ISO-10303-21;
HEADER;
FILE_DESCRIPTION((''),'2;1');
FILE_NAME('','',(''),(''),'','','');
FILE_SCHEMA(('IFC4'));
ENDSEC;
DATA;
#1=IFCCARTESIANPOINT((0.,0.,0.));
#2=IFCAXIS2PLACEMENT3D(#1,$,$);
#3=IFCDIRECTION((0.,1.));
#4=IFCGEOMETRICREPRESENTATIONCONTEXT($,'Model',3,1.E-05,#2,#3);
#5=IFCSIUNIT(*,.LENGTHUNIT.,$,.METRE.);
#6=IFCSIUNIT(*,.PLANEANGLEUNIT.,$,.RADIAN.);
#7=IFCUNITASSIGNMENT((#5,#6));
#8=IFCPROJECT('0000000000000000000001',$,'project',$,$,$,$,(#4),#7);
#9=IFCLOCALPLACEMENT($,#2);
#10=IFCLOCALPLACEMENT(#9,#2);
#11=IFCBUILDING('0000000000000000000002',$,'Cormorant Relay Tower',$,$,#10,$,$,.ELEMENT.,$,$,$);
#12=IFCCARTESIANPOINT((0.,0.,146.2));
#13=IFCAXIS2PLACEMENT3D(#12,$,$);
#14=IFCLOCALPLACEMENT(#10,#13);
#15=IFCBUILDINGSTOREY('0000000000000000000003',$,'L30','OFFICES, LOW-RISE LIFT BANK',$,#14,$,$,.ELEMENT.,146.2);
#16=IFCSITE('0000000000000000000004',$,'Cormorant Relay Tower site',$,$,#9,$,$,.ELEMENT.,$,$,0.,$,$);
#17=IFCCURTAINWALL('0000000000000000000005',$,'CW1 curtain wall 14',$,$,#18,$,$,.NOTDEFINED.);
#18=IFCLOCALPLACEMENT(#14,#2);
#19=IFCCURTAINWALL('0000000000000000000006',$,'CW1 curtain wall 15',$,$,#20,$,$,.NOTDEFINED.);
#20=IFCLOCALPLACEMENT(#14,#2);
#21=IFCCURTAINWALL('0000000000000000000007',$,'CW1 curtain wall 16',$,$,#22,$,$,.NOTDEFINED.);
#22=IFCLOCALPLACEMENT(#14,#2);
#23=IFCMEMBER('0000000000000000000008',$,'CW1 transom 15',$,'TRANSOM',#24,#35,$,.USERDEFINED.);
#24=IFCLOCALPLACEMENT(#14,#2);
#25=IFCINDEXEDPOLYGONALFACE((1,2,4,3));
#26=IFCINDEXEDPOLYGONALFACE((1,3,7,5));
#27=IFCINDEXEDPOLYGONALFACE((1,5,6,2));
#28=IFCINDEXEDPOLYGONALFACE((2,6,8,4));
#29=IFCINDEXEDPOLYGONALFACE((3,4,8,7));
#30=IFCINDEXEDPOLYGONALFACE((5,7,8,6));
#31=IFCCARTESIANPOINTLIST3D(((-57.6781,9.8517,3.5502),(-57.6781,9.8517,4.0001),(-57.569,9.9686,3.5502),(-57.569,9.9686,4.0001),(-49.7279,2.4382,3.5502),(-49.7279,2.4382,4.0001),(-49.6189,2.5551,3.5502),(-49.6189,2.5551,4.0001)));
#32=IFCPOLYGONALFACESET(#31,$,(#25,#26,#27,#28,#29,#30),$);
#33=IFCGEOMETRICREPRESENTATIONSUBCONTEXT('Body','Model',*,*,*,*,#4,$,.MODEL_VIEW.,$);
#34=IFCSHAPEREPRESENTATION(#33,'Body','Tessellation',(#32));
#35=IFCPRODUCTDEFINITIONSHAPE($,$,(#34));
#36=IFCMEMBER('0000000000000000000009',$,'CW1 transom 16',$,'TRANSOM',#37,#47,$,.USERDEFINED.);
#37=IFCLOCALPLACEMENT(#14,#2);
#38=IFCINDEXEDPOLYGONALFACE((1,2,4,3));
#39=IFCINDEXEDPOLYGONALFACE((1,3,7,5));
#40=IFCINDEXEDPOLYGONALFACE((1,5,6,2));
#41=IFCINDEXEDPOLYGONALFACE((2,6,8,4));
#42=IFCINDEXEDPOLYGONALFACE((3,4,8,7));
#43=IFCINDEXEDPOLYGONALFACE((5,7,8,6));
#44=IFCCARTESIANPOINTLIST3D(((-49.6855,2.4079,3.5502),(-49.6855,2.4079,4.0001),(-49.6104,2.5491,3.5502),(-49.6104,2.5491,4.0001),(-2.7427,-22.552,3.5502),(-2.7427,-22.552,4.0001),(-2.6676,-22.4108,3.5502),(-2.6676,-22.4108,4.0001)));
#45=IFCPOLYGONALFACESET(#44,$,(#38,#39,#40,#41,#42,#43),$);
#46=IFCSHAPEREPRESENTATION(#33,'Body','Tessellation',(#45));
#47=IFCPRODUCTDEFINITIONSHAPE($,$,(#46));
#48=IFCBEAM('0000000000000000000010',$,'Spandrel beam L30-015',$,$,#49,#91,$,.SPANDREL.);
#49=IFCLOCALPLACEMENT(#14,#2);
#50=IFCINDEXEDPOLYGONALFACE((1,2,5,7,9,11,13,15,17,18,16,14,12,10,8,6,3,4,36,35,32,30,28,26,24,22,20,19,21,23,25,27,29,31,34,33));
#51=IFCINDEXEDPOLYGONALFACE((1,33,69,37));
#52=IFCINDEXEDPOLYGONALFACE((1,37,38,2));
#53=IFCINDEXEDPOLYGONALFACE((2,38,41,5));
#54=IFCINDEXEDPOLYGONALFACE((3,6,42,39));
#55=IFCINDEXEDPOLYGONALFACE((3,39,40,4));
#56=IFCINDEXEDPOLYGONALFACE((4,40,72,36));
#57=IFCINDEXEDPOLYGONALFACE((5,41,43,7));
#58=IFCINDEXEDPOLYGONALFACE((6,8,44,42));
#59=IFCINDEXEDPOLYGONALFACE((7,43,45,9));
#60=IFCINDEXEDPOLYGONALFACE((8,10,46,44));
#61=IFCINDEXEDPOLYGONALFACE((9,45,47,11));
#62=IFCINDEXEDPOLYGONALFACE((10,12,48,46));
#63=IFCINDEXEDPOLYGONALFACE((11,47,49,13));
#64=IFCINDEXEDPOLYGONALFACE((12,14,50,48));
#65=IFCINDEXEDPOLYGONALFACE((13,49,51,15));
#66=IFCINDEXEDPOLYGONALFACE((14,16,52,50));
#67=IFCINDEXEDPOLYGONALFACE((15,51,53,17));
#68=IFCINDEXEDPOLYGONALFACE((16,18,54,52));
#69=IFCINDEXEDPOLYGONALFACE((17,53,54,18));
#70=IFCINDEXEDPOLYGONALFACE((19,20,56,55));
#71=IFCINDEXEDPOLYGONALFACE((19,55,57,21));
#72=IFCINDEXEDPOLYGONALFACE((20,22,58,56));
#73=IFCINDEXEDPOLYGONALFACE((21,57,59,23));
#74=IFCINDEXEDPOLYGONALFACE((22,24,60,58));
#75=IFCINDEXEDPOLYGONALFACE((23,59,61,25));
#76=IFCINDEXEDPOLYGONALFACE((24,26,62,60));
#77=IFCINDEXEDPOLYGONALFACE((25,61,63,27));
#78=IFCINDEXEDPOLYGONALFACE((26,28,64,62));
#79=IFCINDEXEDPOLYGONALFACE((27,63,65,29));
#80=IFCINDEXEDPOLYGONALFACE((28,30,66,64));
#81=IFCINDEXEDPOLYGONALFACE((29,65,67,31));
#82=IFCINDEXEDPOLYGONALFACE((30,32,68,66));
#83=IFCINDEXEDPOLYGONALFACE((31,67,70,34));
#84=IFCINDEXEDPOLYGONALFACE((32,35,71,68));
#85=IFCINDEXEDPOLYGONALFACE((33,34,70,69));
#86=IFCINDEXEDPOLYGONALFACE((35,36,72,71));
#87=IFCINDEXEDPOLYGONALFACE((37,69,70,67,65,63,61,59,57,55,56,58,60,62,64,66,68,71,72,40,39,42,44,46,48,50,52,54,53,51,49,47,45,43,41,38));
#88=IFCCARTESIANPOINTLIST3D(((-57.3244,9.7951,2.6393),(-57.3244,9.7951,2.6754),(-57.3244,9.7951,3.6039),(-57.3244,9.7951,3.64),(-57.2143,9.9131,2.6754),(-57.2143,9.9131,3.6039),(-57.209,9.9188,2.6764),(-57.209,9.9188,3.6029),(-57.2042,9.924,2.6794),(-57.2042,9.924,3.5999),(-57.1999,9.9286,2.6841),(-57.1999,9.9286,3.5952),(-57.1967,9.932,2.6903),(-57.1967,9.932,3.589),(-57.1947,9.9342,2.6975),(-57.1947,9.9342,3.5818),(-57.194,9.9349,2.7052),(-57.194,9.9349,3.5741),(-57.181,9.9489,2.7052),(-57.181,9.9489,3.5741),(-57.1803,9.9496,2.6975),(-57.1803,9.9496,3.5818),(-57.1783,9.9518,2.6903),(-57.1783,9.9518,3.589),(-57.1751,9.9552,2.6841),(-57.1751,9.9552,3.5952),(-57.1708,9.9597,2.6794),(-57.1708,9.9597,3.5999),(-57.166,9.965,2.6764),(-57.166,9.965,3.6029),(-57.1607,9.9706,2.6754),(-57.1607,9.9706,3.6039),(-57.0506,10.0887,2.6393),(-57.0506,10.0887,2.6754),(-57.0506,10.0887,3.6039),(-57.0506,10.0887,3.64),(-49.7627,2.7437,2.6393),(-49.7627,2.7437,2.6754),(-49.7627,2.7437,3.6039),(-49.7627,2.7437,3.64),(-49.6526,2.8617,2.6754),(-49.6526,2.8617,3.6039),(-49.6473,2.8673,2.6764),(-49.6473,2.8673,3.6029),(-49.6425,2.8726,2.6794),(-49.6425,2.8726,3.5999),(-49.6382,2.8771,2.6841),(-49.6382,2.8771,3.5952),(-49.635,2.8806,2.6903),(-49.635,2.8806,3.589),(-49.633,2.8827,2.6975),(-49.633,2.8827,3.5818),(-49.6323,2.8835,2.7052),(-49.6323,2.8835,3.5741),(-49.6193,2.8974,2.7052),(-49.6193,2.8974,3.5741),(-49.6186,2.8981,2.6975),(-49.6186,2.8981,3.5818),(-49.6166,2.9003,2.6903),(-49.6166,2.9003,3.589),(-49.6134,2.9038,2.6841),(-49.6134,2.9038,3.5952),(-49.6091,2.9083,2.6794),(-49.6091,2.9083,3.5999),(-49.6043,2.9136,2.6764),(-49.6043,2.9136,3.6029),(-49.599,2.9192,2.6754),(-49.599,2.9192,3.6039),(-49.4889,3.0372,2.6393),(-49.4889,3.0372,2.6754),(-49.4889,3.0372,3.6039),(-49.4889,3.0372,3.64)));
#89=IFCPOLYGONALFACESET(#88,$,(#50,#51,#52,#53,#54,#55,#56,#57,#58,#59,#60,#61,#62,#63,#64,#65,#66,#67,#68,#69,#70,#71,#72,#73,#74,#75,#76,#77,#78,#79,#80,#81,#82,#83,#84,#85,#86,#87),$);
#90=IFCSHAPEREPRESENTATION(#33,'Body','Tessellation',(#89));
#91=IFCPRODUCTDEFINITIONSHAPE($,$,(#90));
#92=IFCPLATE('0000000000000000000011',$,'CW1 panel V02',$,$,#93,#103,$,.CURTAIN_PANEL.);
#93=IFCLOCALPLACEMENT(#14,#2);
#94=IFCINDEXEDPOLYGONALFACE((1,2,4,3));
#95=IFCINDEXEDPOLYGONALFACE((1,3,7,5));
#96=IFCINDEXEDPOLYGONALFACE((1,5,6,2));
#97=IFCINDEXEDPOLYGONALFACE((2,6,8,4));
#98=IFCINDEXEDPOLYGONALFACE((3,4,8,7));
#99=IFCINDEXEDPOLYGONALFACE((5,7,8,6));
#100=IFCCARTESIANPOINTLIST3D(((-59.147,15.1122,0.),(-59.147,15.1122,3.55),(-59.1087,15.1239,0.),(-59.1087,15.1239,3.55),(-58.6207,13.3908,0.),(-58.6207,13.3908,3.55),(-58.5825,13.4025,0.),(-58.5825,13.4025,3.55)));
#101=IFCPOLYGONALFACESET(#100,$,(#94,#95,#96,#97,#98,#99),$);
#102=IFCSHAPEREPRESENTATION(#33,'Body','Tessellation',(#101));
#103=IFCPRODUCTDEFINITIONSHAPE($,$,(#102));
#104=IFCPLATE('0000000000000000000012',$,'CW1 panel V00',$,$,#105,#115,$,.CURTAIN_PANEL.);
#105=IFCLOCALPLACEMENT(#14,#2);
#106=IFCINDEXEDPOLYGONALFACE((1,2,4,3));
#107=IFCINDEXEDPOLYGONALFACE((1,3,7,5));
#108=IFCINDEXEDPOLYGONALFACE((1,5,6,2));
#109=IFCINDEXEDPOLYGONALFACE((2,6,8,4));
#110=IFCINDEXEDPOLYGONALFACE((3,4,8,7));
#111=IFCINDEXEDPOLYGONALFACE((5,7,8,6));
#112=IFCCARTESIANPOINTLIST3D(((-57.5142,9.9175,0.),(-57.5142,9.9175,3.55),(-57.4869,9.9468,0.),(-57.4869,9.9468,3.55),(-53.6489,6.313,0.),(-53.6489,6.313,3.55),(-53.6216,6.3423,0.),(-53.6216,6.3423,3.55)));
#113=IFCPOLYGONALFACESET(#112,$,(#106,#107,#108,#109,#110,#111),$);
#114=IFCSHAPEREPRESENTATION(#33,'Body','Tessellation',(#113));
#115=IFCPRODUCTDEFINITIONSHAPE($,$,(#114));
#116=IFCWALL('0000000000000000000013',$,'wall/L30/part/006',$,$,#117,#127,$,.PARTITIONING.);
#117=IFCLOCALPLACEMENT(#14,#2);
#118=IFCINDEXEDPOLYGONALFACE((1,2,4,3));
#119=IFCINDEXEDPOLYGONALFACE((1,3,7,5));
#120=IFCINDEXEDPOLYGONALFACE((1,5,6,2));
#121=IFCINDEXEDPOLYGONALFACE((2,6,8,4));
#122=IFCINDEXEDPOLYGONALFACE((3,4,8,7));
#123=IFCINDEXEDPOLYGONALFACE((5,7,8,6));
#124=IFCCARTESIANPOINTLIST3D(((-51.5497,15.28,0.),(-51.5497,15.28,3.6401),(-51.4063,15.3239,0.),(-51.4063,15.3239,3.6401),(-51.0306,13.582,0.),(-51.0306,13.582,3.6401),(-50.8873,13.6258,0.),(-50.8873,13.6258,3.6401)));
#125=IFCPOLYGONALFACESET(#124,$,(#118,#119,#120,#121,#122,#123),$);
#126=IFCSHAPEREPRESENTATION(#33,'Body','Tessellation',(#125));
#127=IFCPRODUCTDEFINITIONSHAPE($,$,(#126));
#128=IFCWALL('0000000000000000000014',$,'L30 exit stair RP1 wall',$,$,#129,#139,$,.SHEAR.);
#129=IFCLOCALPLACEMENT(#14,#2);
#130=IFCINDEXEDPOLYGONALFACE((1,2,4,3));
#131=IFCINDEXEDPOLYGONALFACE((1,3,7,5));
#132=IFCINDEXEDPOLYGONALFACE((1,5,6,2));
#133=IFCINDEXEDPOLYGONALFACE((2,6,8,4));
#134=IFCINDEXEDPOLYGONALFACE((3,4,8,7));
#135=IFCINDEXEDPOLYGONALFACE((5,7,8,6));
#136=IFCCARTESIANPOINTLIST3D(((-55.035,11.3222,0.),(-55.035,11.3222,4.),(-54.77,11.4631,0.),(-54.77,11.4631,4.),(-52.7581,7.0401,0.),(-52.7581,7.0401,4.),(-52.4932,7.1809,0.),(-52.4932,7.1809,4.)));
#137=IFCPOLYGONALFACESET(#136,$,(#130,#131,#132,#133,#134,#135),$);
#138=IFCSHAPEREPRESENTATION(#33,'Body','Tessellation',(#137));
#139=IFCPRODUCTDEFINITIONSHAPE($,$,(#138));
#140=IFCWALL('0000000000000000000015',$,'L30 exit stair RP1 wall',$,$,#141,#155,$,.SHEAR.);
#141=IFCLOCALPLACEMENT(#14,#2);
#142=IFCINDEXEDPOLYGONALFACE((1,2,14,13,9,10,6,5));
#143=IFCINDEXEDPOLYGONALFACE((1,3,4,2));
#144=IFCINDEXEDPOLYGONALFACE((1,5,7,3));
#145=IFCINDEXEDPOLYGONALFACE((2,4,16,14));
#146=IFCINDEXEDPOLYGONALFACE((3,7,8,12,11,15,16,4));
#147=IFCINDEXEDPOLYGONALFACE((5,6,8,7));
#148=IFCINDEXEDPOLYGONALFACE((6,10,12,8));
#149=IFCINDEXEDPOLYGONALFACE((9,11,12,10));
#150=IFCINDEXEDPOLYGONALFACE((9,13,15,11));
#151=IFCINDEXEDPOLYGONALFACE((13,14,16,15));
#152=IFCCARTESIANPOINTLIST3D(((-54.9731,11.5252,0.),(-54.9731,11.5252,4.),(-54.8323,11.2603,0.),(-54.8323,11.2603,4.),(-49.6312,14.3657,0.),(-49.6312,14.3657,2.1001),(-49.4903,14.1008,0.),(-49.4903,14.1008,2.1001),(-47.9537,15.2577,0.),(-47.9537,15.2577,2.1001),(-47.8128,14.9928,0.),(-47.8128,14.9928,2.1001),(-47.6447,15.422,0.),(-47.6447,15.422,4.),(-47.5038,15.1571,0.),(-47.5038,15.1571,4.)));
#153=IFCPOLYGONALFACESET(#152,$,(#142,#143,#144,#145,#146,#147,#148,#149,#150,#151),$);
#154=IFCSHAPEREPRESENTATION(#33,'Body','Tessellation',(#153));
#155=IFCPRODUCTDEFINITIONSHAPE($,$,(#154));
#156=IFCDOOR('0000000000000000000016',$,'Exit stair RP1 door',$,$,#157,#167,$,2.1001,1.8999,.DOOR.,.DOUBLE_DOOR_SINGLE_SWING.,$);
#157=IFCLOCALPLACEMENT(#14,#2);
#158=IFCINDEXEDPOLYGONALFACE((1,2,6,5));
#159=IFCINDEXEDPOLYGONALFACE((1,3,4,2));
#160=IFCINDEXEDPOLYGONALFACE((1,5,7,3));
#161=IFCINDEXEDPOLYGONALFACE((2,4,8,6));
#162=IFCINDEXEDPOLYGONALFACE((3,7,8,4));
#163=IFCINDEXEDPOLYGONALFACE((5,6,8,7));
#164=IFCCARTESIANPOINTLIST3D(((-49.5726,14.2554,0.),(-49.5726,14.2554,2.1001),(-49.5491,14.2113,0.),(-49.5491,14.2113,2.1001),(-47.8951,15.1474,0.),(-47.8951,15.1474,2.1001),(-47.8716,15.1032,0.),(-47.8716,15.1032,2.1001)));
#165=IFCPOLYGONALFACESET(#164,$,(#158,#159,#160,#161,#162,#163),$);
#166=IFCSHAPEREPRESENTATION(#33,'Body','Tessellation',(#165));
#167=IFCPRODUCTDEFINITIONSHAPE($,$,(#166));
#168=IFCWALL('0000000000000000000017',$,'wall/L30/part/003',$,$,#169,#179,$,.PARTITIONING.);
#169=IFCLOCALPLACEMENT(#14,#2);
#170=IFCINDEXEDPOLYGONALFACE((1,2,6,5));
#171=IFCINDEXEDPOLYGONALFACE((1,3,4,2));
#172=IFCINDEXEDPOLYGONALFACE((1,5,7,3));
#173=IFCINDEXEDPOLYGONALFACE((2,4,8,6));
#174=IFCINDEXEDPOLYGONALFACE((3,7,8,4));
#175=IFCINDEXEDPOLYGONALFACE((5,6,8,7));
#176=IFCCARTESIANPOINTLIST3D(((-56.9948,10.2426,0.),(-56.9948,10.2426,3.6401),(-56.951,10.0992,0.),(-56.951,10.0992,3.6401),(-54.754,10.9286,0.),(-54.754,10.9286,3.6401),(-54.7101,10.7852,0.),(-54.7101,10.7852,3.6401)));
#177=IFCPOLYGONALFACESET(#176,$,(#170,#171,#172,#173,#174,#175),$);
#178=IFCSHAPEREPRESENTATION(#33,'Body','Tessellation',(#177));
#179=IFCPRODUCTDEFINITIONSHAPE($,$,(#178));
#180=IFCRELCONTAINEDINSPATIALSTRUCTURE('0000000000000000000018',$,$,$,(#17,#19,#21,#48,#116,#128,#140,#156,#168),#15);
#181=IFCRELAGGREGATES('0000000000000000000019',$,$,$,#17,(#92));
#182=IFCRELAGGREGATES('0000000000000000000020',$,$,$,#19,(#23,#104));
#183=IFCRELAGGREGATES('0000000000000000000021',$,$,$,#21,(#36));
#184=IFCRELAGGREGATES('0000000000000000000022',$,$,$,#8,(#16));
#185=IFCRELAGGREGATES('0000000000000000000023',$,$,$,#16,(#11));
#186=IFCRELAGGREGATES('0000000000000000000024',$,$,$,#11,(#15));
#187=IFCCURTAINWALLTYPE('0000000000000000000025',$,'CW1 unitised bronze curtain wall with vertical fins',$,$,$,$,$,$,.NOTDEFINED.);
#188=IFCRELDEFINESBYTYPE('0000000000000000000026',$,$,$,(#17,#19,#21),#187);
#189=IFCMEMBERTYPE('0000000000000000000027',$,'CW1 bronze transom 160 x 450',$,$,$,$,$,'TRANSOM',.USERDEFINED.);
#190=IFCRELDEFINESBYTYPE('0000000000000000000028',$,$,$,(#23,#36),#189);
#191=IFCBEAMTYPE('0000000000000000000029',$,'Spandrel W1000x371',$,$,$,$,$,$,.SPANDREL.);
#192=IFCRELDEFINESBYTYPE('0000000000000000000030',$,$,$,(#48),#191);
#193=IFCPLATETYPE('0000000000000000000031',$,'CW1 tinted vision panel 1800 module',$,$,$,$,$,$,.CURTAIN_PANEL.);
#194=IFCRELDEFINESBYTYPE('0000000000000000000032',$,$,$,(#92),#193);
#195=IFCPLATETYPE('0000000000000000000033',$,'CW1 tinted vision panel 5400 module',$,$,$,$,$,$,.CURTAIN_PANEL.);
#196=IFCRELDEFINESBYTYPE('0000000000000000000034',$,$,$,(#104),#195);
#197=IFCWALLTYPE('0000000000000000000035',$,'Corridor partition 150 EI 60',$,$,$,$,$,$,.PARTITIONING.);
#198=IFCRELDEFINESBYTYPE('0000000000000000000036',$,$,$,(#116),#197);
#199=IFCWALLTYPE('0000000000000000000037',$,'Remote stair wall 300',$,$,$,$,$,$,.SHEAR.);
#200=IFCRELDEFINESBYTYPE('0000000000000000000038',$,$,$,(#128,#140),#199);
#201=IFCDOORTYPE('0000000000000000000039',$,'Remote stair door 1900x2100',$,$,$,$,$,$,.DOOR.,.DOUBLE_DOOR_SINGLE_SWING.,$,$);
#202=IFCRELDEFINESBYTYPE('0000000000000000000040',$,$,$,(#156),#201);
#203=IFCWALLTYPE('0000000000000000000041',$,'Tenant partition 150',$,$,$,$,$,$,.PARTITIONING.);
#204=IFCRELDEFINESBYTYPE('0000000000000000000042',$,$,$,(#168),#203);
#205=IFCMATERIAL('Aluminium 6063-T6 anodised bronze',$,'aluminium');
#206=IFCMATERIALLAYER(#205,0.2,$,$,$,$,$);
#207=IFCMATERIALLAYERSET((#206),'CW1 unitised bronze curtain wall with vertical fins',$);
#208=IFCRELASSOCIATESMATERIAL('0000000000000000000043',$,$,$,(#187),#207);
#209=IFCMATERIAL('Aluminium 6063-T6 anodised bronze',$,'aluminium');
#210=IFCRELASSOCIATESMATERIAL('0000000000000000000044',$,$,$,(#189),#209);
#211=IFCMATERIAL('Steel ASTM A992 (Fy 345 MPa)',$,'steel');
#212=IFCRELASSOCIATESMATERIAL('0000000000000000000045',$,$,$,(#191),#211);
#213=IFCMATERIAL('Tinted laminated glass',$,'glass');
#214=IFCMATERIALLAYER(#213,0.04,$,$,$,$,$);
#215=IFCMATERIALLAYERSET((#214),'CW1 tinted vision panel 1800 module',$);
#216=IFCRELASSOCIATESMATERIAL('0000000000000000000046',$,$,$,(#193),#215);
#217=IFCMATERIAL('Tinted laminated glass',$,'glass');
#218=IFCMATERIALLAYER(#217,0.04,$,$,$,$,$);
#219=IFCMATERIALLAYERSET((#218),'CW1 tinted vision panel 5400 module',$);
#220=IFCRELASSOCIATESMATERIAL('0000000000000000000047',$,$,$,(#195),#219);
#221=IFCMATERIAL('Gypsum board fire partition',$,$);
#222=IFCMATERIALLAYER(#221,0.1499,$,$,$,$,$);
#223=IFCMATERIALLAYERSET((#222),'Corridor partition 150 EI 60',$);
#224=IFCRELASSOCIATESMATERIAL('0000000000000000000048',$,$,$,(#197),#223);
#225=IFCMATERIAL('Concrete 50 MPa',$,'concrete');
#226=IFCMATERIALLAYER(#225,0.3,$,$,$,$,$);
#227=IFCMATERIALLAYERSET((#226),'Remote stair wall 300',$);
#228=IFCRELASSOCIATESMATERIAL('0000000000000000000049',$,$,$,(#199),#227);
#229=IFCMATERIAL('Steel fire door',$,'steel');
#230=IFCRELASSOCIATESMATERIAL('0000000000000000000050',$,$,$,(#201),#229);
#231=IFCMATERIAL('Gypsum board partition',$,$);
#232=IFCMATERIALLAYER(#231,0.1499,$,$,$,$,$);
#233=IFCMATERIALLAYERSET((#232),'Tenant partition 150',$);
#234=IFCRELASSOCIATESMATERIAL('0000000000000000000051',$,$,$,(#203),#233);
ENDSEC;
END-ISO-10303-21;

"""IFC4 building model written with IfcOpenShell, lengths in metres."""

from ifc_helpers import new_model, si_unit, direction, frame, frame_2d, origin, origin_2d, place, context, subcontext, project, spatial, rectangle, i_section, extrude, material, layer, layer_set, material_profile, profile_set, type_object, element, fill, aggregate, save


model = new_model("IFC4")

# Units and contexts
model_context = context("Model", 3, precision=1e-05, world=origin(), true_north=direction((0.0, 1.0)))
body_context = subcontext(model_context, "Body", "Model", "MODEL_VIEW")
ifc_project = project(units=[si_unit("LENGTHUNIT", "METRE"), si_unit("PLANEANGLEUNIT", "RADIAN")], contexts=[model_context])

# Site, building, storey
site_placement = place(None, origin())
site = spatial("IfcSite", under=ifc_project, at=site_placement, Name="Cormorant Relay Tower site", CompositionType="ELEMENT", RefElevation=0.0)
building_placement = place(site_placement, origin())
building = spatial("IfcBuilding", under=site, at=building_placement, Name="Cormorant Relay Tower", CompositionType="ELEMENT")
storey_placement = place(building_placement, frame((0.0, 0.0, 146.2)))
storey = spatial("IfcBuildingStorey", under=building, at=storey_placement, Name="L30", Description="OFFICES, LOW-RISE LIFT BANK", CompositionType="ELEMENT", Elevation=146.2)

# Curtain wall
ifc_material_1 = material(Name="Aluminium 6063-T6 anodised bronze", Category="aluminium")
ifc_layer_1 = layer(ifc_material_1, 0.2)
ifc_layer_set_1 = layer_set([ifc_layer_1], Name="CW1 unitised bronze curtain wall with vertical fins")
curtain_wall_type = type_object("IfcCurtainWallType", Name="CW1 unitised bronze curtain wall with vertical fins", PredefinedType="NOTDEFINED", material=ifc_layer_set_1)
curtain_wall_1_placement = place(storey_placement, origin())
curtain_wall_1 = element("IfcCurtainWall", 1, at=curtain_wall_1_placement, inside=storey, type_object=curtain_wall_type, Name="CW1 curtain wall 14", PredefinedType="NOTDEFINED")

# Curtain wall
curtain_wall_2_placement = place(storey_placement, origin())
curtain_wall_2 = element("IfcCurtainWall", 2, at=curtain_wall_2_placement, inside=storey, type_object=curtain_wall_type, Name="CW1 curtain wall 15", PredefinedType="NOTDEFINED")

# Curtain wall
curtain_wall_3_placement = place(storey_placement, origin())
curtain_wall_3 = element("IfcCurtainWall", 3, at=curtain_wall_3_placement, inside=storey, type_object=curtain_wall_type, Name="CW1 curtain wall 16", PredefinedType="NOTDEFINED")

# Members
ifc_material_2 = material(Name="Aluminium 6063-T6 anodised bronze", Category="aluminium")
ifc_material_profile_1 = material_profile(ifc_material_2, rectangle(XDim=0.1599, YDim=0.45, at=origin_2d()), Name="AL 160x450")
ifc_profile_set_1 = profile_set([ifc_material_profile_1], Name="Aluminium 6063-T6 anodised bronze")
member_type_1 = type_object("IfcMemberType", Name="CW1 bronze transom 160 x 450", ElementType="TRANSOM", PredefinedType="USERDEFINED", material=ifc_profile_set_1)
member_1_placement = place(storey_placement, frame((-57.6235, 9.9102, 3.7751), z_axis=(0.731358, -0.681993, 0.0), x_axis=(0.681993, 0.731358, 0.0)))
member_1 = element("IfcMember", 4, at=member_1_placement, type_object=member_type_1, Name="CW1 transom 15", ObjectType="TRANSOM", PredefinedType="USERDEFINED", context=body_context, shape_type="SweptSolid", body=[
    extrude(rectangle(XDim=0.1599, YDim=0.45, at=origin_2d()), origin(), (0.0, 0.0, 1.0), 10.8704),
])
member_2_placement = place(storey_placement, frame((-49.6479, 2.4785, 3.7751), z_axis=(0.882948, -0.469471, 0.0), x_axis=(0.469471, 0.882948, 0.0)))
member_2 = element("IfcMember", 5, at=member_2_placement, type_object=member_type_1, Name="CW1 transom 16", ObjectType="TRANSOM", PredefinedType="USERDEFINED", context=body_context, shape_type="SweptSolid", body=[
    extrude(rectangle(XDim=0.1599, YDim=0.45, at=origin_2d()), origin(), (0.0, 0.0, 1.0), 53.166),
])

# Beam
ifc_material_3 = material(Name="Steel ASTM A992 (Fy 345 MPa)", Category="steel")
ifc_material_profile_2 = material_profile(ifc_material_3, i_section(OverallWidth=0.4014, OverallDepth=1.0007, WebThickness=0.019, FlangeThickness=0.0361, FilletRadius=0.0298, at=origin_2d()), Name="W1000x371")
ifc_profile_set_2 = profile_set([ifc_material_profile_2], Name="Steel ASTM A992 (Fy 345 MPa)")
beam_type = type_object("IfcBeamType", Name="Spandrel W1000x371", PredefinedType="SPANDREL", material=ifc_profile_set_2)
beam_placement = place(storey_placement, frame((-57.1875, 9.9419, 3.1396), z_axis=(0.731351, -0.682001, 0.0), x_axis=(0.682001, 0.731351, 0.0)))
element("IfcBeam", 6, at=beam_placement, inside=storey, type_object=beam_type, Name="Spandrel beam L30-015", PredefinedType="SPANDREL", context=body_context, shape_type="SweptSolid", body=[
    extrude(i_section(OverallWidth=0.4014, OverallDepth=1.0007, WebThickness=0.019, FlangeThickness=0.0361, FilletRadius=0.0298, at=origin_2d()), origin(), (0.0, 0.0, 1.0), 10.3394),
])

# Plates
ifc_material_4 = material(Name="Tinted laminated glass", Category="glass")
ifc_layer_2 = layer(ifc_material_4, 0.04)
ifc_layer_set_2 = layer_set([ifc_layer_2], Name="CW1 tinted vision panel 1800 module")
plate_type_1 = type_object("IfcPlateType", Name="CW1 tinted vision panel 1800 module", PredefinedType="CURTAIN_PANEL", material=ifc_layer_set_2)
plate_1_placement = place(storey_placement, frame((-58.8647, 14.2573, 0.0), z_axis=(0.0, 0.0, 1.0), x_axis=(0.292372, -0.956305, 0.0)))
plate_1 = element("IfcPlate", 7, at=plate_1_placement, type_object=plate_type_1, Name="CW1 panel V02", PredefinedType="CURTAIN_PANEL", context=body_context, shape_type="SweptSolid", body=[
    extrude(rectangle(XDim=1.8, YDim=0.04, at=origin_2d()), origin(), (0.0, 0.0, 1.0), 3.55),
])
ifc_material_5 = material(Name="Tinted laminated glass", Category="glass")
ifc_layer_3 = layer(ifc_material_5, 0.04)
ifc_layer_set_3 = layer_set([ifc_layer_3], Name="CW1 tinted vision panel 5400 module")
plate_type_2 = type_object("IfcPlateType", Name="CW1 tinted vision panel 5400 module", PredefinedType="CURTAIN_PANEL", material=ifc_layer_set_3)
plate_2_placement = place(storey_placement, frame((-55.5679, 8.1299, 0.0), z_axis=(0.0, 0.0, 1.0), x_axis=(0.731354, -0.681998, 0.0)))
plate_2 = element("IfcPlate", 8, at=plate_2_placement, type_object=plate_type_2, Name="CW1 panel V00", PredefinedType="CURTAIN_PANEL", context=body_context, shape_type="SweptSolid", body=[
    extrude(rectangle(XDim=5.2852, YDim=0.04, at=origin_2d()), origin(), (0.0, 0.0, 1.0), 3.55),
])

# Walls
ifc_material_6 = material(Name="Gypsum board fire partition")
ifc_layer_4 = layer(ifc_material_6, 0.1499)
ifc_layer_set_4 = layer_set([ifc_layer_4], Name="Corridor partition 150 EI 60")
wall_type_1 = type_object("IfcWallType", Name="Corridor partition 150 EI 60", PredefinedType="PARTITIONING", material=ifc_layer_set_4)
wall_1_placement = place(storey_placement, frame((-50.959, 13.604, 0.0), z_axis=(0.0, 0.0, 1.0), x_axis=(-0.292327, 0.956318, 0.0)))
element("IfcWall", 9, at=wall_1_placement, inside=storey, type_object=wall_type_1, Name="wall/L30/part/006", PredefinedType="PARTITIONING", context=body_context, shape_type="SweptSolid", body=[
    extrude(rectangle(XDim=1.7756, YDim=0.1499, at=frame_2d((0.8877, 0.0))), origin(), (0.0, 0.0, 1.0), 3.6401),
])
ifc_material_7 = material(Name="Concrete 50 MPa", Category="concrete")
ifc_layer_5 = layer(ifc_material_7, 0.3)
ifc_layer_set_5 = layer_set([ifc_layer_5], Name="Remote stair wall 300")
wall_type_2 = type_object("IfcWallType", Name="Remote stair wall 300", PredefinedType="SHEAR", material=ifc_layer_set_5)
wall_2_placement = place(storey_placement, frame((-52.6257, 7.1106, 0.0), z_axis=(0.0, 0.0, 1.0), x_axis=(-0.469464, 0.882951, 0.0)))
element("IfcWall", 10, at=wall_2_placement, inside=storey, type_object=wall_type_2, Name="L30 exit stair RP1 wall", PredefinedType="SHEAR", context=body_context, shape_type="SweptSolid", body=[
    extrude(rectangle(XDim=4.8499, YDim=0.3, at=frame_2d((2.4248, 0.0))), origin(), (0.0, 0.0, 1.0), 4.0),
])

# Wall, opening, door
wall_3_placement = place(storey_placement, frame((-54.9026, 11.3928, 0.0), z_axis=(0.0, 0.0, 1.0), x_axis=(0.882939, 0.469487, 0.0)))
wall_3 = element("IfcWall", 11, at=wall_3_placement, inside=storey, type_object=wall_type_2, Name="L30 exit stair RP1 wall", PredefinedType="SHEAR", context=body_context, shape_type="SweptSolid", body=[
    extrude(rectangle(XDim=8.3, YDim=0.3, at=frame_2d((4.1499, 0.0))), origin(), (0.0, 0.0, 1.0), 4.0),
])
opening_placement = place(wall_3_placement, frame((6.05, 0.0, 0.0)))
opening = element("IfcOpeningElement", 12, at=opening_placement, cuts=wall_3, PredefinedType="OPENING", context=body_context, shape_type="SweptSolid", body=[
    extrude(rectangle(XDim=1.8999, YDim=2.1001, at=frame_2d((0.95, 1.05))), frame((0.0, 0.1599, 0.0), z_axis=(0.0, -1.0, 0.0), x_axis=(1.0, 0.0, 0.0)), (0.0, 0.0, 1.0), 0.3201),
])
ifc_material_8 = material(Name="Steel fire door", Category="steel")
door_type = type_object("IfcDoorType", Name="Remote stair door 1900x2100", OperationType="DOUBLE_DOOR_SINGLE_SWING", PredefinedType="DOOR", material=ifc_material_8)
door_placement = place(opening_placement, frame((1.8999, 0.0, 0.0), z_axis=(0.0, 0.0, 1.0), x_axis=(-1.0, 0.0, 0.0)))
door = element("IfcDoor", 13, at=door_placement, inside=storey, type_object=door_type, Name="Exit stair RP1 door", OperationType="DOUBLE_DOOR_SINGLE_SWING", OverallHeight=2.1001, OverallWidth=1.8999, PredefinedType="DOOR", context=body_context, shape_type="SweptSolid", body=[
    extrude(rectangle(XDim=1.8999, YDim=2.1001, at=frame_2d((0.95, 1.05))), frame((0.0, 0.0249, 0.0), z_axis=(0.0, -1.0, 0.0), x_axis=(1.0, 0.0, 0.0)), (0.0, 0.0, 1.0), 0.05),
])
fill(opening, door)

# Wall
ifc_material_9 = material(Name="Gypsum board partition")
ifc_layer_6 = layer(ifc_material_9, 0.1499)
ifc_layer_set_6 = layer_set([ifc_layer_6], Name="Tenant partition 150")
wall_type_3 = type_object("IfcWallType", Name="Tenant partition 150", PredefinedType="PARTITIONING", material=ifc_layer_set_6)
wall_4_placement = place(storey_placement, frame((-54.7319, 10.8569, 0.0), z_axis=(0.0, 0.0, 1.0), x_axis=(-0.956197, -0.292724, 0.0)))
element("IfcWall", 14, at=wall_4_placement, inside=storey, type_object=wall_type_3, Name="wall/L30/part/003", PredefinedType="PARTITIONING", context=body_context, shape_type="SweptSolid", body=[
    extrude(rectangle(XDim=2.3435, YDim=0.1499, at=frame_2d((1.1719, 0.0))), origin(), (0.0, 0.0, 1.0), 3.6401),
])

aggregate(curtain_wall_1, [plate_1])
aggregate(curtain_wall_2, [member_1, plate_2])
aggregate(curtain_wall_3, [member_2])

save(model, "model.ifc")
